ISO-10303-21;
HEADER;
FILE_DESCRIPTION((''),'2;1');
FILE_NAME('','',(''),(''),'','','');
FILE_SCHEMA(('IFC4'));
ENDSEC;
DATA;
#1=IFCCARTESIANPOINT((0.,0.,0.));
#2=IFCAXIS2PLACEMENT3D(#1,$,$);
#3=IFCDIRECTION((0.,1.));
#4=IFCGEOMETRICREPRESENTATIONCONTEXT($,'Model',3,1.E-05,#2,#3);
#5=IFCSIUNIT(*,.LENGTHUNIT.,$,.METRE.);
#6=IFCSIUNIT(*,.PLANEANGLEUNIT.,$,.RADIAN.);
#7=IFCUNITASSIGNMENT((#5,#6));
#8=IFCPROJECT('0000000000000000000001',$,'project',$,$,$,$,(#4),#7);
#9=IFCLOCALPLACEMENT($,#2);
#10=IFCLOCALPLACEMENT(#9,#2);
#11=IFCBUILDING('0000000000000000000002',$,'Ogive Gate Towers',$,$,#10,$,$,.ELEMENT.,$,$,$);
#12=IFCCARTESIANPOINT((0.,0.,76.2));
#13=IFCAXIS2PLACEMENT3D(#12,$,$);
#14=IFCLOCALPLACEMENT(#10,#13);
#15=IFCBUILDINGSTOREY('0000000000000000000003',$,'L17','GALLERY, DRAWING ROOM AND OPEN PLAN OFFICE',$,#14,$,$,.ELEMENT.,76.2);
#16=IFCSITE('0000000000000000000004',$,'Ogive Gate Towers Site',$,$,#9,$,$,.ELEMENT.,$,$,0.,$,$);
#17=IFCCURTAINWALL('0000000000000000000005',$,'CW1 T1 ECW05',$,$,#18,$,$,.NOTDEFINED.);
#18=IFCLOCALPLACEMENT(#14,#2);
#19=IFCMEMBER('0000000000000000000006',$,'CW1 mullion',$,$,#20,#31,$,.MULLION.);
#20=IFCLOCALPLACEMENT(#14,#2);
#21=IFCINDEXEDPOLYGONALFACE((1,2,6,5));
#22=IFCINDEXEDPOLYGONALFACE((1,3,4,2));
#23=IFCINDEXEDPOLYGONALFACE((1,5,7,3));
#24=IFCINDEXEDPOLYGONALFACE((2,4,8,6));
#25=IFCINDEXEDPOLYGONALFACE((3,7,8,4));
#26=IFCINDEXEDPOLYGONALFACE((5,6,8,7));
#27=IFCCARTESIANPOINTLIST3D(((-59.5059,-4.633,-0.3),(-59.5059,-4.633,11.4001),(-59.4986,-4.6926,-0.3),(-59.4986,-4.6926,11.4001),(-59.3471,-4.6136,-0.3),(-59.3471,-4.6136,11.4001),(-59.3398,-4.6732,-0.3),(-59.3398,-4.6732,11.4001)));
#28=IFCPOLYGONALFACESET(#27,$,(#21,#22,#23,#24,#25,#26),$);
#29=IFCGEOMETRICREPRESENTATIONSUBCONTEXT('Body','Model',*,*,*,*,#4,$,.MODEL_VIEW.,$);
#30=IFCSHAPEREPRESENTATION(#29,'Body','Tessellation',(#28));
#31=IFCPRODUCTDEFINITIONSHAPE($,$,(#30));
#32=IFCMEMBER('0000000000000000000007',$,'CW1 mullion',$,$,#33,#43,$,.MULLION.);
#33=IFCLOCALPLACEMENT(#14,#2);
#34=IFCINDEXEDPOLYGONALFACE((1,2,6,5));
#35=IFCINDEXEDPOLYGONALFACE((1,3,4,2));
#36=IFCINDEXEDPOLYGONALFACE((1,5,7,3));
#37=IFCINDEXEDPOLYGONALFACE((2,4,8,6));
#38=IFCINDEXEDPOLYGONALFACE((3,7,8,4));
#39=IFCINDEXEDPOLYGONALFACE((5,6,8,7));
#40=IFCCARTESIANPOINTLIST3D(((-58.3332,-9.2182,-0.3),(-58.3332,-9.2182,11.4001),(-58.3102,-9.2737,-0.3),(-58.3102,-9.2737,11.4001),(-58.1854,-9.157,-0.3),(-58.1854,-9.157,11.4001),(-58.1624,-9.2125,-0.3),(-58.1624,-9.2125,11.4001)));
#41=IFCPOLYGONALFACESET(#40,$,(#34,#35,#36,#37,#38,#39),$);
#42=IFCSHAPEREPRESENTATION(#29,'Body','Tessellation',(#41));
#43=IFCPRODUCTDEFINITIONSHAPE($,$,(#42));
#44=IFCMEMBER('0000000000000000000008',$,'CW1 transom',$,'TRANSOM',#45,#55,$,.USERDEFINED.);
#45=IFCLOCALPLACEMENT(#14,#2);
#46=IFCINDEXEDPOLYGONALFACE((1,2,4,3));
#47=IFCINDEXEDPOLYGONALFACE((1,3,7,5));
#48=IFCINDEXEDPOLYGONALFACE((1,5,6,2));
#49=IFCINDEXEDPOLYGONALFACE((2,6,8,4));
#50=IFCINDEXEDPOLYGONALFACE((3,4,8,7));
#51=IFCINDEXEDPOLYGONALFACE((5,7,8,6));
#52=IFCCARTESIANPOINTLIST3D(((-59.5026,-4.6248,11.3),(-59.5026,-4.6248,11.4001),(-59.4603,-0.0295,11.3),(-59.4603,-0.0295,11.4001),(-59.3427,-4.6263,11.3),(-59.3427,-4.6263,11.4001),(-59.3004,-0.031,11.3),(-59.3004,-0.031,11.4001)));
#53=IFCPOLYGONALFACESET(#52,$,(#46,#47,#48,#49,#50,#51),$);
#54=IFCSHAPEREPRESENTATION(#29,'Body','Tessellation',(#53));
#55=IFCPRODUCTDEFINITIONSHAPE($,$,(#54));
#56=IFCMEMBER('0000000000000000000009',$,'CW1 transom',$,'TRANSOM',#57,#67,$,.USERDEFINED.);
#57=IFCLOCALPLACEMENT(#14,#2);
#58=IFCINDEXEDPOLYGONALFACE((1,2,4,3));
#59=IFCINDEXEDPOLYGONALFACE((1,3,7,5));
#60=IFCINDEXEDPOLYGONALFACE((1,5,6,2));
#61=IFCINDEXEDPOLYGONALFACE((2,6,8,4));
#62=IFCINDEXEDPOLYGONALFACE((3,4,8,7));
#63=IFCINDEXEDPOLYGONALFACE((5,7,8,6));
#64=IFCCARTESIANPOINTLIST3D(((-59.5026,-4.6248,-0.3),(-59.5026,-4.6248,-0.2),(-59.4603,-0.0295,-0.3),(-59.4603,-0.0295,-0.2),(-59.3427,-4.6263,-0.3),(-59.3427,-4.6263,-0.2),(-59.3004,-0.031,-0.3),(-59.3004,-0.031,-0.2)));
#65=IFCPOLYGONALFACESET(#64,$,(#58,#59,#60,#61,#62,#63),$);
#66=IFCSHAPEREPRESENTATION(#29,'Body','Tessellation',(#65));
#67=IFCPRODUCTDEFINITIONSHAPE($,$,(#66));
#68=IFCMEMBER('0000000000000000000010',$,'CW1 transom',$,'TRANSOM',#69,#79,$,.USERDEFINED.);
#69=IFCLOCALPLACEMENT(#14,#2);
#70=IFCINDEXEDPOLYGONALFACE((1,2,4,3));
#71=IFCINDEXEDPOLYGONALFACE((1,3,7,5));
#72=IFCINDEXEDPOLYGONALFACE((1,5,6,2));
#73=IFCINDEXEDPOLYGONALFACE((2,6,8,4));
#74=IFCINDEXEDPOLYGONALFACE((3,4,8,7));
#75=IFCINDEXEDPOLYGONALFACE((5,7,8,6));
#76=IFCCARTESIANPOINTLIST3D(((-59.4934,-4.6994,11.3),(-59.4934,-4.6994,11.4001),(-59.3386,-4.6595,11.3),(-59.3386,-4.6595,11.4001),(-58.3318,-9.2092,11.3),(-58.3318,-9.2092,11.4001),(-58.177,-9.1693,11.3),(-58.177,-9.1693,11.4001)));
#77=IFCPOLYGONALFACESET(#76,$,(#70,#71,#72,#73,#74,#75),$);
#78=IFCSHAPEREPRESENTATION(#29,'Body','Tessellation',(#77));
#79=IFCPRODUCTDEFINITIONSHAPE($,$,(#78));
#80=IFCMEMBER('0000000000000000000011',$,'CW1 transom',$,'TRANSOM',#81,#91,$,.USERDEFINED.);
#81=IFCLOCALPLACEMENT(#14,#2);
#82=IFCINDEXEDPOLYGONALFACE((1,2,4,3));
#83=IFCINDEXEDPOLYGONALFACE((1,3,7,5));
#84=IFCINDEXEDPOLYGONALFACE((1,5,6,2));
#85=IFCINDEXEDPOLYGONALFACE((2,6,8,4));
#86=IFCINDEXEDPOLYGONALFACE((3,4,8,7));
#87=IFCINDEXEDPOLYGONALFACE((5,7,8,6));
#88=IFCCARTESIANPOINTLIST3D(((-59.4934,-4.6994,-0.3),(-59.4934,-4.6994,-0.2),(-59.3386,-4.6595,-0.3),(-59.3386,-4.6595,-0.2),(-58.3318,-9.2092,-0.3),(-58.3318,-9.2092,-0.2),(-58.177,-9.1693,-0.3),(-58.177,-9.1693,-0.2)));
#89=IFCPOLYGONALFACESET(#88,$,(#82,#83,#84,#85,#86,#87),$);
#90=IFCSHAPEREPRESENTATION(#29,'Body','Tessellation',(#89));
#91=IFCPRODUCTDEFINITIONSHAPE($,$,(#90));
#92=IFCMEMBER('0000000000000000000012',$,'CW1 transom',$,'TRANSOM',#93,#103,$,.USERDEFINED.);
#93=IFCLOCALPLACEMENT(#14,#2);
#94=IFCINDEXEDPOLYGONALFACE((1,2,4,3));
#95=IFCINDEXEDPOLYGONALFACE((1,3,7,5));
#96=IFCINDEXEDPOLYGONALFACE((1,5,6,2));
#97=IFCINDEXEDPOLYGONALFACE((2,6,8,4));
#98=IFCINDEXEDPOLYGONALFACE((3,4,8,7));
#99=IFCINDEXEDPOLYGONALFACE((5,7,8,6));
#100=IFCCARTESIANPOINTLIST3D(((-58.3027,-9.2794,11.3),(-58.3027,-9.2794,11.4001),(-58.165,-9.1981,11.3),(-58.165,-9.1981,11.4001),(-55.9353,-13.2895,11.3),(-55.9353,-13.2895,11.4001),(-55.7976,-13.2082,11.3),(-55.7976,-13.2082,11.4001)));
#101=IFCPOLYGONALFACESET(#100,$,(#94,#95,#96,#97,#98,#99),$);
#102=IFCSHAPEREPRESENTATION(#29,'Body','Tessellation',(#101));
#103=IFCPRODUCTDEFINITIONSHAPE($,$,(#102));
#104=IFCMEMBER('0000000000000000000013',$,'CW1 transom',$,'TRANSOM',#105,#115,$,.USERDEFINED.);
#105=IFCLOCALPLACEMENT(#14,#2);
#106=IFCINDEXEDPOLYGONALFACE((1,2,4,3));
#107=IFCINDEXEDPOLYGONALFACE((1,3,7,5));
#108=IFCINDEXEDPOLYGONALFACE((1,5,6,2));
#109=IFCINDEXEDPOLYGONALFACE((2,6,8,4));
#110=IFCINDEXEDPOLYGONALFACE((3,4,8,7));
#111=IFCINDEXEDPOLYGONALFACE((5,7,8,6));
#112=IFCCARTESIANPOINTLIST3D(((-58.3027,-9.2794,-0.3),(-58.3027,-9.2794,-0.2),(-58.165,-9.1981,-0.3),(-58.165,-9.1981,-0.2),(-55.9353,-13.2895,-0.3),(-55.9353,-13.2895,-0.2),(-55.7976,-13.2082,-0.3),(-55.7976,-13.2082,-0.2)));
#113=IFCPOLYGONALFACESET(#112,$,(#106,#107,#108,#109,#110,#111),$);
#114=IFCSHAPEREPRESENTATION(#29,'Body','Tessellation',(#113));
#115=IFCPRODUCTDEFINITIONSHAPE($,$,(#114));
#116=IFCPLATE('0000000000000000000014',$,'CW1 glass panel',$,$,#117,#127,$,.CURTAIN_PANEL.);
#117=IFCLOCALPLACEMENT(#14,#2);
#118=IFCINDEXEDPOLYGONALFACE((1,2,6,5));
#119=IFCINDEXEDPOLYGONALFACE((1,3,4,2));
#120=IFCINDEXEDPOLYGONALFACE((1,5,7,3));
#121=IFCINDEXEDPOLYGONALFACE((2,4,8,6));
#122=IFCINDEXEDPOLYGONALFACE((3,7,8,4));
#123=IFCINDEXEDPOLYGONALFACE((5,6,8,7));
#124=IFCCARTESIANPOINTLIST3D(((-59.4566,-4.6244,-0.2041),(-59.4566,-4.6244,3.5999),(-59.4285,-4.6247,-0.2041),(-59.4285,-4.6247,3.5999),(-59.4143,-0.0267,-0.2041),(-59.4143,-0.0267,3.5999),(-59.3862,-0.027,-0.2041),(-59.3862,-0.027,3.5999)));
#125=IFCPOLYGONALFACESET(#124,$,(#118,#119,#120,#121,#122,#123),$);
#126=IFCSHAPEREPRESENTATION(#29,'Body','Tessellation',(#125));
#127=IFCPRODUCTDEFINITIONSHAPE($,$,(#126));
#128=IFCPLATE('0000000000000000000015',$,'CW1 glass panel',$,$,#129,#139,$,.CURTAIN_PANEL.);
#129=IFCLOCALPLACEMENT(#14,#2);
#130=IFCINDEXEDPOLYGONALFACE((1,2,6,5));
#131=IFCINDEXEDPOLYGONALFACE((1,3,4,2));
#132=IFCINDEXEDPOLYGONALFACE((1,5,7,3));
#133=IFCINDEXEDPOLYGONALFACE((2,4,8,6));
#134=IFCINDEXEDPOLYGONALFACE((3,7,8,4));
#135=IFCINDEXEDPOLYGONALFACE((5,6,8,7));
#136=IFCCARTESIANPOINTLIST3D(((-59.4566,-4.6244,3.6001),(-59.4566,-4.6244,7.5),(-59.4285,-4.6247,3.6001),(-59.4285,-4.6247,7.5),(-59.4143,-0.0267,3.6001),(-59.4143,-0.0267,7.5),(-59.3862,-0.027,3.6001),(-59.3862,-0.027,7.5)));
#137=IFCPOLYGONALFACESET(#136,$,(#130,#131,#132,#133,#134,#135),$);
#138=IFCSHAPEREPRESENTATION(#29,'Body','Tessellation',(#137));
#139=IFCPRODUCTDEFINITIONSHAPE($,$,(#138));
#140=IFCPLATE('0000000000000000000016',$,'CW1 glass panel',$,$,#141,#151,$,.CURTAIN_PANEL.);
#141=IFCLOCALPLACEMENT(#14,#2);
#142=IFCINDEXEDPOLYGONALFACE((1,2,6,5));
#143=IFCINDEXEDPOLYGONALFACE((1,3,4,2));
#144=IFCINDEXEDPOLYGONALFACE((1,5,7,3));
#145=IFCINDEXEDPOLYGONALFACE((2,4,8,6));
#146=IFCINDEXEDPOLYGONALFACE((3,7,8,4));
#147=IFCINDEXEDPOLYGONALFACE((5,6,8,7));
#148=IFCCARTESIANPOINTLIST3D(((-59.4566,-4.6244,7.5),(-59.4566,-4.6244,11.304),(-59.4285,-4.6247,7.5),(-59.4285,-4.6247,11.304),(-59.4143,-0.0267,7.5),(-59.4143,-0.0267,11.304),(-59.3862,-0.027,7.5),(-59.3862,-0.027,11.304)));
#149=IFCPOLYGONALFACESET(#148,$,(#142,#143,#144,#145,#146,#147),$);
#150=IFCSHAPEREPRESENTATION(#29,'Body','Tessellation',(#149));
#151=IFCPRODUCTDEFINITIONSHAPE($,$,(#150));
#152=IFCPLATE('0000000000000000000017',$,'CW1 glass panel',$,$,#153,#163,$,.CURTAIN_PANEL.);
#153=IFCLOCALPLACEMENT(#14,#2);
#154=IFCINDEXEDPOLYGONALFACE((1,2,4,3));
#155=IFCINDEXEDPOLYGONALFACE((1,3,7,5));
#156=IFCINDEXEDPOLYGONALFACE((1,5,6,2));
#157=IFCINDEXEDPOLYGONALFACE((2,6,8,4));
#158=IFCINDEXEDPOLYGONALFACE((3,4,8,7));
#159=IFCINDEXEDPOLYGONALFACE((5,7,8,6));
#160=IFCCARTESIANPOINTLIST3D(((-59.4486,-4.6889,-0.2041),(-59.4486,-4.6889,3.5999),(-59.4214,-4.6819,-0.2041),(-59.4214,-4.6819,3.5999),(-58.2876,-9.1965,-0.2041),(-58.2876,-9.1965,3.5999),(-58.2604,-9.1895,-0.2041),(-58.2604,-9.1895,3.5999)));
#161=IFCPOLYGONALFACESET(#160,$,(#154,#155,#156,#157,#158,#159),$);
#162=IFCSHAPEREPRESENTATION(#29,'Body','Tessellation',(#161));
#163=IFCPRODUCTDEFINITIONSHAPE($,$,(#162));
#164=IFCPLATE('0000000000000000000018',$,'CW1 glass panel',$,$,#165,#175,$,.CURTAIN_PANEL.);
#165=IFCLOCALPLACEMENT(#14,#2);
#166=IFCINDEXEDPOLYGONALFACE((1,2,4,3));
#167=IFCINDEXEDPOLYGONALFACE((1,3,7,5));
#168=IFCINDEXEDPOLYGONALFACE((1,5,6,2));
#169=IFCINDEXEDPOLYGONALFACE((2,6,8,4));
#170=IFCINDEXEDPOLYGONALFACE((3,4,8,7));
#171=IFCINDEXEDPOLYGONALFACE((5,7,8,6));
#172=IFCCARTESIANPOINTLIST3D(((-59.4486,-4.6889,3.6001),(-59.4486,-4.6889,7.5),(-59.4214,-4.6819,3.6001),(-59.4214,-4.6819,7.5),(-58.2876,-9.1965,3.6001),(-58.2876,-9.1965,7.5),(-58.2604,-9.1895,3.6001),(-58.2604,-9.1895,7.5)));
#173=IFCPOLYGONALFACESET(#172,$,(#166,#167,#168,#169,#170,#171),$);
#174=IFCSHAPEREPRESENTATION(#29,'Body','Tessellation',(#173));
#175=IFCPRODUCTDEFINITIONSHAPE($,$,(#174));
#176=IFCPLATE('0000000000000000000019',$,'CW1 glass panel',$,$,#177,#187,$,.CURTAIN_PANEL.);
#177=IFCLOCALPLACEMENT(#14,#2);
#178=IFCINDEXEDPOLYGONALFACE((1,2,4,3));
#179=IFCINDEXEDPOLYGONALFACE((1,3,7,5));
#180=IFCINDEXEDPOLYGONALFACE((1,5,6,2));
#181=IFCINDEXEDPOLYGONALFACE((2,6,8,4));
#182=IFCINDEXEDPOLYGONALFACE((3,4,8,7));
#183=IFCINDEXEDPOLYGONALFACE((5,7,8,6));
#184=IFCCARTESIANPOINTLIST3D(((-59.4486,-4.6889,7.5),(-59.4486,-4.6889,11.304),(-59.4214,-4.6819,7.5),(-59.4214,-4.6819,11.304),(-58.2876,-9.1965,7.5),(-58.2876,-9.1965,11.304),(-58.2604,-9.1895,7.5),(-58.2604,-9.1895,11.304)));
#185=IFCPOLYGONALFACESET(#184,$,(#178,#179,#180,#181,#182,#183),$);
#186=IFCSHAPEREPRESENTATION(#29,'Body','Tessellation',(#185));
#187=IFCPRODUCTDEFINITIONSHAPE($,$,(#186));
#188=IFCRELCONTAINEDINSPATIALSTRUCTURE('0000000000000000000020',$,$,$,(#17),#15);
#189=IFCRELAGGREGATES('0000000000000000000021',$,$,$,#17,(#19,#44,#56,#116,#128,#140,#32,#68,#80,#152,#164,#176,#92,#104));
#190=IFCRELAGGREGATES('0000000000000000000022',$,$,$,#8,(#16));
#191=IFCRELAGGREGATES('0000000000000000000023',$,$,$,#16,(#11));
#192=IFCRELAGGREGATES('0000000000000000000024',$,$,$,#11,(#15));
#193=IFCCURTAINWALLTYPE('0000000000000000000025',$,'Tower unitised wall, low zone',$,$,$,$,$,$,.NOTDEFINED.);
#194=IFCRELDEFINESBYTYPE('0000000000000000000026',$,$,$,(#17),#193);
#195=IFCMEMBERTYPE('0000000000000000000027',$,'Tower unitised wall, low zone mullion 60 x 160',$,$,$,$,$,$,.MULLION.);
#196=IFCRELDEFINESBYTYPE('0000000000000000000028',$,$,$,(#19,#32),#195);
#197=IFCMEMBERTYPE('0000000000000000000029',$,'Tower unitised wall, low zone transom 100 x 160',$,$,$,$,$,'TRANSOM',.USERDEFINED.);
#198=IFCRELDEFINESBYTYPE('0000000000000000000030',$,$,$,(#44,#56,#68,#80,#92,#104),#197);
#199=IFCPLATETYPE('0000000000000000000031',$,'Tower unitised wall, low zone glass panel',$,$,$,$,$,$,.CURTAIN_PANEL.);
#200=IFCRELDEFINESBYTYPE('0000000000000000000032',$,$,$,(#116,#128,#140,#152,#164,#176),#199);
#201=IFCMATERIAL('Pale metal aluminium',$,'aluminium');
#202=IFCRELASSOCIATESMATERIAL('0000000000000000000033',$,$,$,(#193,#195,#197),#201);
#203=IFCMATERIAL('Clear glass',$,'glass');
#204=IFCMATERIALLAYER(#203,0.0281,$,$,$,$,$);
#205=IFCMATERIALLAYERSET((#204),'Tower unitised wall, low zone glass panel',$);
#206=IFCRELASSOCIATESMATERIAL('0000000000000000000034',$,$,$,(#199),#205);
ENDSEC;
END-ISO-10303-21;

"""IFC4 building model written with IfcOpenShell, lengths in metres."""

from ifc_helpers import new_model, si_unit, direction, frame, origin, origin_2d, place, context, subcontext, project, spatial, rectangle, extrude, material, layer, layer_set, material_profile, profile_set, type_object, element, aggregate, save


model = new_model("IFC4")

# Units and contexts
model_context = context("Model", 3, precision=1e-05, world=origin(), true_north=direction((0.0, 1.0)))
body_context = subcontext(model_context, "Body", "Model", "MODEL_VIEW")
ifc_project = project(units=[si_unit("LENGTHUNIT", "METRE"), si_unit("PLANEANGLEUNIT", "RADIAN")], contexts=[model_context])

# Site, building, storey
site_placement = place(None, origin())
site = spatial("IfcSite", under=ifc_project, at=site_placement, Name="Ogive Gate Towers Site", CompositionType="ELEMENT", RefElevation=0.0)
building_placement = place(site_placement, origin())
building = spatial("IfcBuilding", under=site, at=building_placement, Name="Ogive Gate Towers", CompositionType="ELEMENT")
storey_placement = place(building_placement, frame((0.0, 0.0, 76.2)))
storey = spatial("IfcBuildingStorey", under=building, at=storey_placement, Name="L17", Description="GALLERY, DRAWING ROOM AND OPEN PLAN OFFICE", CompositionType="ELEMENT", Elevation=76.2)

# Curtain wall, members, plates
ifc_material_1 = material(Name="Pale metal aluminium", Category="aluminium")
curtain_wall_type = type_object("IfcCurtainWallType", Name="Tower unitised wall, low zone", PredefinedType="NOTDEFINED", material=ifc_material_1)
curtain_wall_placement = place(storey_placement, origin())
curtain_wall = element("IfcCurtainWall", 1, at=curtain_wall_placement, inside=storey, type_object=curtain_wall_type, Name="CW1 T1 ECW05", PredefinedType="NOTDEFINED")
ifc_material_profile_1 = material_profile(ifc_material_1, rectangle(XDim=0.1599, YDim=0.0601, at=origin_2d()), Name="60 x 160 aluminium box")
ifc_profile_set_1 = profile_set([ifc_material_profile_1], Name="Pale metal aluminium")
member_type_1 = type_object("IfcMemberType", Name="Tower unitised wall, low zone mullion 60 x 160", PredefinedType="MULLION", material=ifc_profile_set_1)
member_1_placement = place(storey_placement, frame((-59.4229, -4.6531, -0.3), z_axis=(0.0, 0.0, 1.0), x_axis=(-0.992635, -0.121142, 0.0)))
member_1 = element("IfcMember", 2, at=member_1_placement, type_object=member_type_1, Name="CW1 mullion", PredefinedType="MULLION", context=body_context, shape_type="SweptSolid", body=[
    extrude(rectangle(XDim=0.1599, YDim=0.0601, at=origin_2d()), origin(), (0.0, 0.0, 1.0), 11.7002),
])
member_2_placement = place(storey_placement, frame((-58.2478, -9.2153, -0.3), z_axis=(0.0, 0.0, 1.0), x_axis=(-0.92388, -0.382683, 0.0)))
member_2 = element("IfcMember", 3, at=member_2_placement, type_object=member_type_1, Name="CW1 mullion", PredefinedType="MULLION", context=body_context, shape_type="SweptSolid", body=[
    extrude(rectangle(XDim=0.1599, YDim=0.0601, at=origin_2d()), origin(), (0.0, 0.0, 1.0), 11.7002),
])
ifc_material_profile_2 = material_profile(ifc_material_1, rectangle(XDim=0.1599, YDim=0.1001, at=origin_2d()), Name="100 x 160 aluminium box")
ifc_profile_set_2 = profile_set([ifc_material_profile_2], Name="Pale metal aluminium")
member_type_2 = type_object("IfcMemberType", Name="Tower unitised wall, low zone transom 100 x 160", ElementType="TRANSOM", PredefinedType="USERDEFINED", material=ifc_profile_set_2)
member_3_placement = place(storey_placement, frame((-59.3804, -0.0303, 11.3501), z_axis=(-0.009191, -0.999958, 0.0), x_axis=(0.999958, -0.009191, 0.0)))
member_3 = element("IfcMember", 4, at=member_3_placement, type_object=member_type_2, Name="CW1 transom", ObjectType="TRANSOM", PredefinedType="USERDEFINED", context=body_context, shape_type="SweptSolid", body=[
    extrude(rectangle(XDim=0.1599, YDim=0.1001, at=origin_2d()), origin(), (0.0, 0.0, 1.0), 4.5955),
])
member_4_placement = place(storey_placement, frame((-59.3804, -0.0303, -0.25), z_axis=(-0.009191, -0.999958, 0.0), x_axis=(0.999958, -0.009191, 0.0)))
member_4 = element("IfcMember", 5, at=member_4_placement, type_object=member_type_2, Name="CW1 transom", ObjectType="TRANSOM", PredefinedType="USERDEFINED", context=body_context, shape_type="SweptSolid", body=[
    extrude(rectangle(XDim=0.1599, YDim=0.1001, at=origin_2d()), origin(), (0.0, 0.0, 1.0), 4.5955),
])
member_5_placement = place(storey_placement, frame((-59.416, -4.6794, 11.3501), z_axis=(0.249437, -0.968391, 0.0), x_axis=(0.968391, 0.249437, 0.0)))
member_5 = element("IfcMember", 6, at=member_5_placement, type_object=member_type_2, Name="CW1 transom", ObjectType="TRANSOM", PredefinedType="USERDEFINED", context=body_context, shape_type="SweptSolid", body=[
    extrude(rectangle(XDim=0.1599, YDim=0.1001, at=origin_2d()), origin(), (0.0, 0.0, 1.0), 4.657),
])
member_6_placement = place(storey_placement, frame((-59.416, -4.6794, -0.25), z_axis=(0.249437, -0.968391, 0.0), x_axis=(0.968391, 0.249437, 0.0)))
member_6 = element("IfcMember", 7, at=member_6_placement, type_object=member_type_2, Name="CW1 transom", ObjectType="TRANSOM", PredefinedType="USERDEFINED", context=body_context, shape_type="SweptSolid", body=[
    extrude(rectangle(XDim=0.1599, YDim=0.1001, at=origin_2d()), origin(), (0.0, 0.0, 1.0), 4.657),
])
member_7_placement = place(storey_placement, frame((-58.2339, -9.2388, 11.3501), z_axis=(0.508392, -0.861126, 0.0), x_axis=(0.861126, 0.508392, 0.0)))
member_7 = element("IfcMember", 8, at=member_7_placement, type_object=member_type_2, Name="CW1 transom", ObjectType="TRANSOM", PredefinedType="USERDEFINED", context=body_context, shape_type="SweptSolid", body=[
    extrude(rectangle(XDim=0.1599, YDim=0.1001, at=origin_2d()), origin(), (0.0, 0.0, 1.0), 4.6567),
])
member_8_placement = place(storey_placement, frame((-58.2339, -9.2388, -0.25), z_axis=(0.508392, -0.861126, 0.0), x_axis=(0.861126, 0.508392, 0.0)))
member_8 = element("IfcMember", 9, at=member_8_placement, type_object=member_type_2, Name="CW1 transom", ObjectType="TRANSOM", PredefinedType="USERDEFINED", context=body_context, shape_type="SweptSolid", body=[
    extrude(rectangle(XDim=0.1599, YDim=0.1001, at=origin_2d()), origin(), (0.0, 0.0, 1.0), 4.6567),
])
ifc_material_2 = material(Name="Clear glass", Category="glass")
ifc_layer_1 = layer(ifc_material_2, 0.0281)
ifc_layer_set_1 = layer_set([ifc_layer_1], Name="Tower unitised wall, low zone glass panel")
plate_type = type_object("IfcPlateType", Name="Tower unitised wall, low zone glass panel", PredefinedType="CURTAIN_PANEL", material=ifc_layer_set_1)
plate_1_placement = place(storey_placement, frame((-59.4214, -2.3257, -0.2041), z_axis=(0.0, 0.0, 1.0), x_axis=(-0.009198, -0.999958, 0.0)))
plate_1 = element("IfcPlate", 10, at=plate_1_placement, type_object=plate_type, Name="CW1 glass panel", PredefinedType="CURTAIN_PANEL", context=body_context, shape_type="SweptSolid", body=[
    extrude(rectangle(XDim=4.5979, YDim=0.0281, at=origin_2d()), origin(), (0.0, 0.0, 1.0), 3.804),
])
plate_2_placement = place(storey_placement, frame((-59.4214, -2.3257, 3.6001), z_axis=(0.0, 0.0, 1.0), x_axis=(-0.009198, -0.999958, 0.0)))
plate_2 = element("IfcPlate", 11, at=plate_2_placement, type_object=plate_type, Name="CW1 glass panel", PredefinedType="CURTAIN_PANEL", context=body_context, shape_type="SweptSolid", body=[
    extrude(rectangle(XDim=4.5979, YDim=0.0281, at=origin_2d()), origin(), (0.0, 0.0, 1.0), 3.8999),
])
plate_3_placement = place(storey_placement, frame((-59.4214, -2.3257, 7.5), z_axis=(0.0, 0.0, 1.0), x_axis=(-0.009198, -0.999958, 0.0)))
plate_3 = element("IfcPlate", 12, at=plate_3_placement, type_object=plate_type, Name="CW1 glass panel", PredefinedType="CURTAIN_PANEL", context=body_context, shape_type="SweptSolid", body=[
    extrude(rectangle(XDim=4.5979, YDim=0.0281, at=origin_2d()), origin(), (0.0, 0.0, 1.0), 3.804),
])
plate_4_placement = place(storey_placement, frame((-58.8545, -6.9392, -0.2041), z_axis=(0.0, 0.0, 1.0), x_axis=(0.249417, -0.968396, 0.0)))
plate_4 = element("IfcPlate", 13, at=plate_4_placement, type_object=plate_type, Name="CW1 glass panel", PredefinedType="CURTAIN_PANEL", context=body_context, shape_type="SweptSolid", body=[
    extrude(rectangle(XDim=4.6548, YDim=0.0281, at=origin_2d()), origin(), (0.0, 0.0, 1.0), 3.804),
])
plate_5_placement = place(storey_placement, frame((-58.8545, -6.9392, 3.6001), z_axis=(0.0, 0.0, 1.0), x_axis=(0.249417, -0.968396, 0.0)))
plate_5 = element("IfcPlate", 14, at=plate_5_placement, type_object=plate_type, Name="CW1 glass panel", PredefinedType="CURTAIN_PANEL", context=body_context, shape_type="SweptSolid", body=[
    extrude(rectangle(XDim=4.6548, YDim=0.0281, at=origin_2d()), origin(), (0.0, 0.0, 1.0), 3.8999),
])
plate_6_placement = place(storey_placement, frame((-58.8545, -6.9392, 7.5), z_axis=(0.0, 0.0, 1.0), x_axis=(0.249417, -0.968396, 0.0)))
plate_6 = element("IfcPlate", 15, at=plate_6_placement, type_object=plate_type, Name="CW1 glass panel", PredefinedType="CURTAIN_PANEL", context=body_context, shape_type="SweptSolid", body=[
    extrude(rectangle(XDim=4.6548, YDim=0.0281, at=origin_2d()), origin(), (0.0, 0.0, 1.0), 3.804),
])
aggregate(curtain_wall, [member_1, member_3, member_4, plate_1, plate_2, plate_3, member_2, member_5, member_6, plate_4, plate_5, plate_6, member_7, member_8])

save(model, "model.ifc")
